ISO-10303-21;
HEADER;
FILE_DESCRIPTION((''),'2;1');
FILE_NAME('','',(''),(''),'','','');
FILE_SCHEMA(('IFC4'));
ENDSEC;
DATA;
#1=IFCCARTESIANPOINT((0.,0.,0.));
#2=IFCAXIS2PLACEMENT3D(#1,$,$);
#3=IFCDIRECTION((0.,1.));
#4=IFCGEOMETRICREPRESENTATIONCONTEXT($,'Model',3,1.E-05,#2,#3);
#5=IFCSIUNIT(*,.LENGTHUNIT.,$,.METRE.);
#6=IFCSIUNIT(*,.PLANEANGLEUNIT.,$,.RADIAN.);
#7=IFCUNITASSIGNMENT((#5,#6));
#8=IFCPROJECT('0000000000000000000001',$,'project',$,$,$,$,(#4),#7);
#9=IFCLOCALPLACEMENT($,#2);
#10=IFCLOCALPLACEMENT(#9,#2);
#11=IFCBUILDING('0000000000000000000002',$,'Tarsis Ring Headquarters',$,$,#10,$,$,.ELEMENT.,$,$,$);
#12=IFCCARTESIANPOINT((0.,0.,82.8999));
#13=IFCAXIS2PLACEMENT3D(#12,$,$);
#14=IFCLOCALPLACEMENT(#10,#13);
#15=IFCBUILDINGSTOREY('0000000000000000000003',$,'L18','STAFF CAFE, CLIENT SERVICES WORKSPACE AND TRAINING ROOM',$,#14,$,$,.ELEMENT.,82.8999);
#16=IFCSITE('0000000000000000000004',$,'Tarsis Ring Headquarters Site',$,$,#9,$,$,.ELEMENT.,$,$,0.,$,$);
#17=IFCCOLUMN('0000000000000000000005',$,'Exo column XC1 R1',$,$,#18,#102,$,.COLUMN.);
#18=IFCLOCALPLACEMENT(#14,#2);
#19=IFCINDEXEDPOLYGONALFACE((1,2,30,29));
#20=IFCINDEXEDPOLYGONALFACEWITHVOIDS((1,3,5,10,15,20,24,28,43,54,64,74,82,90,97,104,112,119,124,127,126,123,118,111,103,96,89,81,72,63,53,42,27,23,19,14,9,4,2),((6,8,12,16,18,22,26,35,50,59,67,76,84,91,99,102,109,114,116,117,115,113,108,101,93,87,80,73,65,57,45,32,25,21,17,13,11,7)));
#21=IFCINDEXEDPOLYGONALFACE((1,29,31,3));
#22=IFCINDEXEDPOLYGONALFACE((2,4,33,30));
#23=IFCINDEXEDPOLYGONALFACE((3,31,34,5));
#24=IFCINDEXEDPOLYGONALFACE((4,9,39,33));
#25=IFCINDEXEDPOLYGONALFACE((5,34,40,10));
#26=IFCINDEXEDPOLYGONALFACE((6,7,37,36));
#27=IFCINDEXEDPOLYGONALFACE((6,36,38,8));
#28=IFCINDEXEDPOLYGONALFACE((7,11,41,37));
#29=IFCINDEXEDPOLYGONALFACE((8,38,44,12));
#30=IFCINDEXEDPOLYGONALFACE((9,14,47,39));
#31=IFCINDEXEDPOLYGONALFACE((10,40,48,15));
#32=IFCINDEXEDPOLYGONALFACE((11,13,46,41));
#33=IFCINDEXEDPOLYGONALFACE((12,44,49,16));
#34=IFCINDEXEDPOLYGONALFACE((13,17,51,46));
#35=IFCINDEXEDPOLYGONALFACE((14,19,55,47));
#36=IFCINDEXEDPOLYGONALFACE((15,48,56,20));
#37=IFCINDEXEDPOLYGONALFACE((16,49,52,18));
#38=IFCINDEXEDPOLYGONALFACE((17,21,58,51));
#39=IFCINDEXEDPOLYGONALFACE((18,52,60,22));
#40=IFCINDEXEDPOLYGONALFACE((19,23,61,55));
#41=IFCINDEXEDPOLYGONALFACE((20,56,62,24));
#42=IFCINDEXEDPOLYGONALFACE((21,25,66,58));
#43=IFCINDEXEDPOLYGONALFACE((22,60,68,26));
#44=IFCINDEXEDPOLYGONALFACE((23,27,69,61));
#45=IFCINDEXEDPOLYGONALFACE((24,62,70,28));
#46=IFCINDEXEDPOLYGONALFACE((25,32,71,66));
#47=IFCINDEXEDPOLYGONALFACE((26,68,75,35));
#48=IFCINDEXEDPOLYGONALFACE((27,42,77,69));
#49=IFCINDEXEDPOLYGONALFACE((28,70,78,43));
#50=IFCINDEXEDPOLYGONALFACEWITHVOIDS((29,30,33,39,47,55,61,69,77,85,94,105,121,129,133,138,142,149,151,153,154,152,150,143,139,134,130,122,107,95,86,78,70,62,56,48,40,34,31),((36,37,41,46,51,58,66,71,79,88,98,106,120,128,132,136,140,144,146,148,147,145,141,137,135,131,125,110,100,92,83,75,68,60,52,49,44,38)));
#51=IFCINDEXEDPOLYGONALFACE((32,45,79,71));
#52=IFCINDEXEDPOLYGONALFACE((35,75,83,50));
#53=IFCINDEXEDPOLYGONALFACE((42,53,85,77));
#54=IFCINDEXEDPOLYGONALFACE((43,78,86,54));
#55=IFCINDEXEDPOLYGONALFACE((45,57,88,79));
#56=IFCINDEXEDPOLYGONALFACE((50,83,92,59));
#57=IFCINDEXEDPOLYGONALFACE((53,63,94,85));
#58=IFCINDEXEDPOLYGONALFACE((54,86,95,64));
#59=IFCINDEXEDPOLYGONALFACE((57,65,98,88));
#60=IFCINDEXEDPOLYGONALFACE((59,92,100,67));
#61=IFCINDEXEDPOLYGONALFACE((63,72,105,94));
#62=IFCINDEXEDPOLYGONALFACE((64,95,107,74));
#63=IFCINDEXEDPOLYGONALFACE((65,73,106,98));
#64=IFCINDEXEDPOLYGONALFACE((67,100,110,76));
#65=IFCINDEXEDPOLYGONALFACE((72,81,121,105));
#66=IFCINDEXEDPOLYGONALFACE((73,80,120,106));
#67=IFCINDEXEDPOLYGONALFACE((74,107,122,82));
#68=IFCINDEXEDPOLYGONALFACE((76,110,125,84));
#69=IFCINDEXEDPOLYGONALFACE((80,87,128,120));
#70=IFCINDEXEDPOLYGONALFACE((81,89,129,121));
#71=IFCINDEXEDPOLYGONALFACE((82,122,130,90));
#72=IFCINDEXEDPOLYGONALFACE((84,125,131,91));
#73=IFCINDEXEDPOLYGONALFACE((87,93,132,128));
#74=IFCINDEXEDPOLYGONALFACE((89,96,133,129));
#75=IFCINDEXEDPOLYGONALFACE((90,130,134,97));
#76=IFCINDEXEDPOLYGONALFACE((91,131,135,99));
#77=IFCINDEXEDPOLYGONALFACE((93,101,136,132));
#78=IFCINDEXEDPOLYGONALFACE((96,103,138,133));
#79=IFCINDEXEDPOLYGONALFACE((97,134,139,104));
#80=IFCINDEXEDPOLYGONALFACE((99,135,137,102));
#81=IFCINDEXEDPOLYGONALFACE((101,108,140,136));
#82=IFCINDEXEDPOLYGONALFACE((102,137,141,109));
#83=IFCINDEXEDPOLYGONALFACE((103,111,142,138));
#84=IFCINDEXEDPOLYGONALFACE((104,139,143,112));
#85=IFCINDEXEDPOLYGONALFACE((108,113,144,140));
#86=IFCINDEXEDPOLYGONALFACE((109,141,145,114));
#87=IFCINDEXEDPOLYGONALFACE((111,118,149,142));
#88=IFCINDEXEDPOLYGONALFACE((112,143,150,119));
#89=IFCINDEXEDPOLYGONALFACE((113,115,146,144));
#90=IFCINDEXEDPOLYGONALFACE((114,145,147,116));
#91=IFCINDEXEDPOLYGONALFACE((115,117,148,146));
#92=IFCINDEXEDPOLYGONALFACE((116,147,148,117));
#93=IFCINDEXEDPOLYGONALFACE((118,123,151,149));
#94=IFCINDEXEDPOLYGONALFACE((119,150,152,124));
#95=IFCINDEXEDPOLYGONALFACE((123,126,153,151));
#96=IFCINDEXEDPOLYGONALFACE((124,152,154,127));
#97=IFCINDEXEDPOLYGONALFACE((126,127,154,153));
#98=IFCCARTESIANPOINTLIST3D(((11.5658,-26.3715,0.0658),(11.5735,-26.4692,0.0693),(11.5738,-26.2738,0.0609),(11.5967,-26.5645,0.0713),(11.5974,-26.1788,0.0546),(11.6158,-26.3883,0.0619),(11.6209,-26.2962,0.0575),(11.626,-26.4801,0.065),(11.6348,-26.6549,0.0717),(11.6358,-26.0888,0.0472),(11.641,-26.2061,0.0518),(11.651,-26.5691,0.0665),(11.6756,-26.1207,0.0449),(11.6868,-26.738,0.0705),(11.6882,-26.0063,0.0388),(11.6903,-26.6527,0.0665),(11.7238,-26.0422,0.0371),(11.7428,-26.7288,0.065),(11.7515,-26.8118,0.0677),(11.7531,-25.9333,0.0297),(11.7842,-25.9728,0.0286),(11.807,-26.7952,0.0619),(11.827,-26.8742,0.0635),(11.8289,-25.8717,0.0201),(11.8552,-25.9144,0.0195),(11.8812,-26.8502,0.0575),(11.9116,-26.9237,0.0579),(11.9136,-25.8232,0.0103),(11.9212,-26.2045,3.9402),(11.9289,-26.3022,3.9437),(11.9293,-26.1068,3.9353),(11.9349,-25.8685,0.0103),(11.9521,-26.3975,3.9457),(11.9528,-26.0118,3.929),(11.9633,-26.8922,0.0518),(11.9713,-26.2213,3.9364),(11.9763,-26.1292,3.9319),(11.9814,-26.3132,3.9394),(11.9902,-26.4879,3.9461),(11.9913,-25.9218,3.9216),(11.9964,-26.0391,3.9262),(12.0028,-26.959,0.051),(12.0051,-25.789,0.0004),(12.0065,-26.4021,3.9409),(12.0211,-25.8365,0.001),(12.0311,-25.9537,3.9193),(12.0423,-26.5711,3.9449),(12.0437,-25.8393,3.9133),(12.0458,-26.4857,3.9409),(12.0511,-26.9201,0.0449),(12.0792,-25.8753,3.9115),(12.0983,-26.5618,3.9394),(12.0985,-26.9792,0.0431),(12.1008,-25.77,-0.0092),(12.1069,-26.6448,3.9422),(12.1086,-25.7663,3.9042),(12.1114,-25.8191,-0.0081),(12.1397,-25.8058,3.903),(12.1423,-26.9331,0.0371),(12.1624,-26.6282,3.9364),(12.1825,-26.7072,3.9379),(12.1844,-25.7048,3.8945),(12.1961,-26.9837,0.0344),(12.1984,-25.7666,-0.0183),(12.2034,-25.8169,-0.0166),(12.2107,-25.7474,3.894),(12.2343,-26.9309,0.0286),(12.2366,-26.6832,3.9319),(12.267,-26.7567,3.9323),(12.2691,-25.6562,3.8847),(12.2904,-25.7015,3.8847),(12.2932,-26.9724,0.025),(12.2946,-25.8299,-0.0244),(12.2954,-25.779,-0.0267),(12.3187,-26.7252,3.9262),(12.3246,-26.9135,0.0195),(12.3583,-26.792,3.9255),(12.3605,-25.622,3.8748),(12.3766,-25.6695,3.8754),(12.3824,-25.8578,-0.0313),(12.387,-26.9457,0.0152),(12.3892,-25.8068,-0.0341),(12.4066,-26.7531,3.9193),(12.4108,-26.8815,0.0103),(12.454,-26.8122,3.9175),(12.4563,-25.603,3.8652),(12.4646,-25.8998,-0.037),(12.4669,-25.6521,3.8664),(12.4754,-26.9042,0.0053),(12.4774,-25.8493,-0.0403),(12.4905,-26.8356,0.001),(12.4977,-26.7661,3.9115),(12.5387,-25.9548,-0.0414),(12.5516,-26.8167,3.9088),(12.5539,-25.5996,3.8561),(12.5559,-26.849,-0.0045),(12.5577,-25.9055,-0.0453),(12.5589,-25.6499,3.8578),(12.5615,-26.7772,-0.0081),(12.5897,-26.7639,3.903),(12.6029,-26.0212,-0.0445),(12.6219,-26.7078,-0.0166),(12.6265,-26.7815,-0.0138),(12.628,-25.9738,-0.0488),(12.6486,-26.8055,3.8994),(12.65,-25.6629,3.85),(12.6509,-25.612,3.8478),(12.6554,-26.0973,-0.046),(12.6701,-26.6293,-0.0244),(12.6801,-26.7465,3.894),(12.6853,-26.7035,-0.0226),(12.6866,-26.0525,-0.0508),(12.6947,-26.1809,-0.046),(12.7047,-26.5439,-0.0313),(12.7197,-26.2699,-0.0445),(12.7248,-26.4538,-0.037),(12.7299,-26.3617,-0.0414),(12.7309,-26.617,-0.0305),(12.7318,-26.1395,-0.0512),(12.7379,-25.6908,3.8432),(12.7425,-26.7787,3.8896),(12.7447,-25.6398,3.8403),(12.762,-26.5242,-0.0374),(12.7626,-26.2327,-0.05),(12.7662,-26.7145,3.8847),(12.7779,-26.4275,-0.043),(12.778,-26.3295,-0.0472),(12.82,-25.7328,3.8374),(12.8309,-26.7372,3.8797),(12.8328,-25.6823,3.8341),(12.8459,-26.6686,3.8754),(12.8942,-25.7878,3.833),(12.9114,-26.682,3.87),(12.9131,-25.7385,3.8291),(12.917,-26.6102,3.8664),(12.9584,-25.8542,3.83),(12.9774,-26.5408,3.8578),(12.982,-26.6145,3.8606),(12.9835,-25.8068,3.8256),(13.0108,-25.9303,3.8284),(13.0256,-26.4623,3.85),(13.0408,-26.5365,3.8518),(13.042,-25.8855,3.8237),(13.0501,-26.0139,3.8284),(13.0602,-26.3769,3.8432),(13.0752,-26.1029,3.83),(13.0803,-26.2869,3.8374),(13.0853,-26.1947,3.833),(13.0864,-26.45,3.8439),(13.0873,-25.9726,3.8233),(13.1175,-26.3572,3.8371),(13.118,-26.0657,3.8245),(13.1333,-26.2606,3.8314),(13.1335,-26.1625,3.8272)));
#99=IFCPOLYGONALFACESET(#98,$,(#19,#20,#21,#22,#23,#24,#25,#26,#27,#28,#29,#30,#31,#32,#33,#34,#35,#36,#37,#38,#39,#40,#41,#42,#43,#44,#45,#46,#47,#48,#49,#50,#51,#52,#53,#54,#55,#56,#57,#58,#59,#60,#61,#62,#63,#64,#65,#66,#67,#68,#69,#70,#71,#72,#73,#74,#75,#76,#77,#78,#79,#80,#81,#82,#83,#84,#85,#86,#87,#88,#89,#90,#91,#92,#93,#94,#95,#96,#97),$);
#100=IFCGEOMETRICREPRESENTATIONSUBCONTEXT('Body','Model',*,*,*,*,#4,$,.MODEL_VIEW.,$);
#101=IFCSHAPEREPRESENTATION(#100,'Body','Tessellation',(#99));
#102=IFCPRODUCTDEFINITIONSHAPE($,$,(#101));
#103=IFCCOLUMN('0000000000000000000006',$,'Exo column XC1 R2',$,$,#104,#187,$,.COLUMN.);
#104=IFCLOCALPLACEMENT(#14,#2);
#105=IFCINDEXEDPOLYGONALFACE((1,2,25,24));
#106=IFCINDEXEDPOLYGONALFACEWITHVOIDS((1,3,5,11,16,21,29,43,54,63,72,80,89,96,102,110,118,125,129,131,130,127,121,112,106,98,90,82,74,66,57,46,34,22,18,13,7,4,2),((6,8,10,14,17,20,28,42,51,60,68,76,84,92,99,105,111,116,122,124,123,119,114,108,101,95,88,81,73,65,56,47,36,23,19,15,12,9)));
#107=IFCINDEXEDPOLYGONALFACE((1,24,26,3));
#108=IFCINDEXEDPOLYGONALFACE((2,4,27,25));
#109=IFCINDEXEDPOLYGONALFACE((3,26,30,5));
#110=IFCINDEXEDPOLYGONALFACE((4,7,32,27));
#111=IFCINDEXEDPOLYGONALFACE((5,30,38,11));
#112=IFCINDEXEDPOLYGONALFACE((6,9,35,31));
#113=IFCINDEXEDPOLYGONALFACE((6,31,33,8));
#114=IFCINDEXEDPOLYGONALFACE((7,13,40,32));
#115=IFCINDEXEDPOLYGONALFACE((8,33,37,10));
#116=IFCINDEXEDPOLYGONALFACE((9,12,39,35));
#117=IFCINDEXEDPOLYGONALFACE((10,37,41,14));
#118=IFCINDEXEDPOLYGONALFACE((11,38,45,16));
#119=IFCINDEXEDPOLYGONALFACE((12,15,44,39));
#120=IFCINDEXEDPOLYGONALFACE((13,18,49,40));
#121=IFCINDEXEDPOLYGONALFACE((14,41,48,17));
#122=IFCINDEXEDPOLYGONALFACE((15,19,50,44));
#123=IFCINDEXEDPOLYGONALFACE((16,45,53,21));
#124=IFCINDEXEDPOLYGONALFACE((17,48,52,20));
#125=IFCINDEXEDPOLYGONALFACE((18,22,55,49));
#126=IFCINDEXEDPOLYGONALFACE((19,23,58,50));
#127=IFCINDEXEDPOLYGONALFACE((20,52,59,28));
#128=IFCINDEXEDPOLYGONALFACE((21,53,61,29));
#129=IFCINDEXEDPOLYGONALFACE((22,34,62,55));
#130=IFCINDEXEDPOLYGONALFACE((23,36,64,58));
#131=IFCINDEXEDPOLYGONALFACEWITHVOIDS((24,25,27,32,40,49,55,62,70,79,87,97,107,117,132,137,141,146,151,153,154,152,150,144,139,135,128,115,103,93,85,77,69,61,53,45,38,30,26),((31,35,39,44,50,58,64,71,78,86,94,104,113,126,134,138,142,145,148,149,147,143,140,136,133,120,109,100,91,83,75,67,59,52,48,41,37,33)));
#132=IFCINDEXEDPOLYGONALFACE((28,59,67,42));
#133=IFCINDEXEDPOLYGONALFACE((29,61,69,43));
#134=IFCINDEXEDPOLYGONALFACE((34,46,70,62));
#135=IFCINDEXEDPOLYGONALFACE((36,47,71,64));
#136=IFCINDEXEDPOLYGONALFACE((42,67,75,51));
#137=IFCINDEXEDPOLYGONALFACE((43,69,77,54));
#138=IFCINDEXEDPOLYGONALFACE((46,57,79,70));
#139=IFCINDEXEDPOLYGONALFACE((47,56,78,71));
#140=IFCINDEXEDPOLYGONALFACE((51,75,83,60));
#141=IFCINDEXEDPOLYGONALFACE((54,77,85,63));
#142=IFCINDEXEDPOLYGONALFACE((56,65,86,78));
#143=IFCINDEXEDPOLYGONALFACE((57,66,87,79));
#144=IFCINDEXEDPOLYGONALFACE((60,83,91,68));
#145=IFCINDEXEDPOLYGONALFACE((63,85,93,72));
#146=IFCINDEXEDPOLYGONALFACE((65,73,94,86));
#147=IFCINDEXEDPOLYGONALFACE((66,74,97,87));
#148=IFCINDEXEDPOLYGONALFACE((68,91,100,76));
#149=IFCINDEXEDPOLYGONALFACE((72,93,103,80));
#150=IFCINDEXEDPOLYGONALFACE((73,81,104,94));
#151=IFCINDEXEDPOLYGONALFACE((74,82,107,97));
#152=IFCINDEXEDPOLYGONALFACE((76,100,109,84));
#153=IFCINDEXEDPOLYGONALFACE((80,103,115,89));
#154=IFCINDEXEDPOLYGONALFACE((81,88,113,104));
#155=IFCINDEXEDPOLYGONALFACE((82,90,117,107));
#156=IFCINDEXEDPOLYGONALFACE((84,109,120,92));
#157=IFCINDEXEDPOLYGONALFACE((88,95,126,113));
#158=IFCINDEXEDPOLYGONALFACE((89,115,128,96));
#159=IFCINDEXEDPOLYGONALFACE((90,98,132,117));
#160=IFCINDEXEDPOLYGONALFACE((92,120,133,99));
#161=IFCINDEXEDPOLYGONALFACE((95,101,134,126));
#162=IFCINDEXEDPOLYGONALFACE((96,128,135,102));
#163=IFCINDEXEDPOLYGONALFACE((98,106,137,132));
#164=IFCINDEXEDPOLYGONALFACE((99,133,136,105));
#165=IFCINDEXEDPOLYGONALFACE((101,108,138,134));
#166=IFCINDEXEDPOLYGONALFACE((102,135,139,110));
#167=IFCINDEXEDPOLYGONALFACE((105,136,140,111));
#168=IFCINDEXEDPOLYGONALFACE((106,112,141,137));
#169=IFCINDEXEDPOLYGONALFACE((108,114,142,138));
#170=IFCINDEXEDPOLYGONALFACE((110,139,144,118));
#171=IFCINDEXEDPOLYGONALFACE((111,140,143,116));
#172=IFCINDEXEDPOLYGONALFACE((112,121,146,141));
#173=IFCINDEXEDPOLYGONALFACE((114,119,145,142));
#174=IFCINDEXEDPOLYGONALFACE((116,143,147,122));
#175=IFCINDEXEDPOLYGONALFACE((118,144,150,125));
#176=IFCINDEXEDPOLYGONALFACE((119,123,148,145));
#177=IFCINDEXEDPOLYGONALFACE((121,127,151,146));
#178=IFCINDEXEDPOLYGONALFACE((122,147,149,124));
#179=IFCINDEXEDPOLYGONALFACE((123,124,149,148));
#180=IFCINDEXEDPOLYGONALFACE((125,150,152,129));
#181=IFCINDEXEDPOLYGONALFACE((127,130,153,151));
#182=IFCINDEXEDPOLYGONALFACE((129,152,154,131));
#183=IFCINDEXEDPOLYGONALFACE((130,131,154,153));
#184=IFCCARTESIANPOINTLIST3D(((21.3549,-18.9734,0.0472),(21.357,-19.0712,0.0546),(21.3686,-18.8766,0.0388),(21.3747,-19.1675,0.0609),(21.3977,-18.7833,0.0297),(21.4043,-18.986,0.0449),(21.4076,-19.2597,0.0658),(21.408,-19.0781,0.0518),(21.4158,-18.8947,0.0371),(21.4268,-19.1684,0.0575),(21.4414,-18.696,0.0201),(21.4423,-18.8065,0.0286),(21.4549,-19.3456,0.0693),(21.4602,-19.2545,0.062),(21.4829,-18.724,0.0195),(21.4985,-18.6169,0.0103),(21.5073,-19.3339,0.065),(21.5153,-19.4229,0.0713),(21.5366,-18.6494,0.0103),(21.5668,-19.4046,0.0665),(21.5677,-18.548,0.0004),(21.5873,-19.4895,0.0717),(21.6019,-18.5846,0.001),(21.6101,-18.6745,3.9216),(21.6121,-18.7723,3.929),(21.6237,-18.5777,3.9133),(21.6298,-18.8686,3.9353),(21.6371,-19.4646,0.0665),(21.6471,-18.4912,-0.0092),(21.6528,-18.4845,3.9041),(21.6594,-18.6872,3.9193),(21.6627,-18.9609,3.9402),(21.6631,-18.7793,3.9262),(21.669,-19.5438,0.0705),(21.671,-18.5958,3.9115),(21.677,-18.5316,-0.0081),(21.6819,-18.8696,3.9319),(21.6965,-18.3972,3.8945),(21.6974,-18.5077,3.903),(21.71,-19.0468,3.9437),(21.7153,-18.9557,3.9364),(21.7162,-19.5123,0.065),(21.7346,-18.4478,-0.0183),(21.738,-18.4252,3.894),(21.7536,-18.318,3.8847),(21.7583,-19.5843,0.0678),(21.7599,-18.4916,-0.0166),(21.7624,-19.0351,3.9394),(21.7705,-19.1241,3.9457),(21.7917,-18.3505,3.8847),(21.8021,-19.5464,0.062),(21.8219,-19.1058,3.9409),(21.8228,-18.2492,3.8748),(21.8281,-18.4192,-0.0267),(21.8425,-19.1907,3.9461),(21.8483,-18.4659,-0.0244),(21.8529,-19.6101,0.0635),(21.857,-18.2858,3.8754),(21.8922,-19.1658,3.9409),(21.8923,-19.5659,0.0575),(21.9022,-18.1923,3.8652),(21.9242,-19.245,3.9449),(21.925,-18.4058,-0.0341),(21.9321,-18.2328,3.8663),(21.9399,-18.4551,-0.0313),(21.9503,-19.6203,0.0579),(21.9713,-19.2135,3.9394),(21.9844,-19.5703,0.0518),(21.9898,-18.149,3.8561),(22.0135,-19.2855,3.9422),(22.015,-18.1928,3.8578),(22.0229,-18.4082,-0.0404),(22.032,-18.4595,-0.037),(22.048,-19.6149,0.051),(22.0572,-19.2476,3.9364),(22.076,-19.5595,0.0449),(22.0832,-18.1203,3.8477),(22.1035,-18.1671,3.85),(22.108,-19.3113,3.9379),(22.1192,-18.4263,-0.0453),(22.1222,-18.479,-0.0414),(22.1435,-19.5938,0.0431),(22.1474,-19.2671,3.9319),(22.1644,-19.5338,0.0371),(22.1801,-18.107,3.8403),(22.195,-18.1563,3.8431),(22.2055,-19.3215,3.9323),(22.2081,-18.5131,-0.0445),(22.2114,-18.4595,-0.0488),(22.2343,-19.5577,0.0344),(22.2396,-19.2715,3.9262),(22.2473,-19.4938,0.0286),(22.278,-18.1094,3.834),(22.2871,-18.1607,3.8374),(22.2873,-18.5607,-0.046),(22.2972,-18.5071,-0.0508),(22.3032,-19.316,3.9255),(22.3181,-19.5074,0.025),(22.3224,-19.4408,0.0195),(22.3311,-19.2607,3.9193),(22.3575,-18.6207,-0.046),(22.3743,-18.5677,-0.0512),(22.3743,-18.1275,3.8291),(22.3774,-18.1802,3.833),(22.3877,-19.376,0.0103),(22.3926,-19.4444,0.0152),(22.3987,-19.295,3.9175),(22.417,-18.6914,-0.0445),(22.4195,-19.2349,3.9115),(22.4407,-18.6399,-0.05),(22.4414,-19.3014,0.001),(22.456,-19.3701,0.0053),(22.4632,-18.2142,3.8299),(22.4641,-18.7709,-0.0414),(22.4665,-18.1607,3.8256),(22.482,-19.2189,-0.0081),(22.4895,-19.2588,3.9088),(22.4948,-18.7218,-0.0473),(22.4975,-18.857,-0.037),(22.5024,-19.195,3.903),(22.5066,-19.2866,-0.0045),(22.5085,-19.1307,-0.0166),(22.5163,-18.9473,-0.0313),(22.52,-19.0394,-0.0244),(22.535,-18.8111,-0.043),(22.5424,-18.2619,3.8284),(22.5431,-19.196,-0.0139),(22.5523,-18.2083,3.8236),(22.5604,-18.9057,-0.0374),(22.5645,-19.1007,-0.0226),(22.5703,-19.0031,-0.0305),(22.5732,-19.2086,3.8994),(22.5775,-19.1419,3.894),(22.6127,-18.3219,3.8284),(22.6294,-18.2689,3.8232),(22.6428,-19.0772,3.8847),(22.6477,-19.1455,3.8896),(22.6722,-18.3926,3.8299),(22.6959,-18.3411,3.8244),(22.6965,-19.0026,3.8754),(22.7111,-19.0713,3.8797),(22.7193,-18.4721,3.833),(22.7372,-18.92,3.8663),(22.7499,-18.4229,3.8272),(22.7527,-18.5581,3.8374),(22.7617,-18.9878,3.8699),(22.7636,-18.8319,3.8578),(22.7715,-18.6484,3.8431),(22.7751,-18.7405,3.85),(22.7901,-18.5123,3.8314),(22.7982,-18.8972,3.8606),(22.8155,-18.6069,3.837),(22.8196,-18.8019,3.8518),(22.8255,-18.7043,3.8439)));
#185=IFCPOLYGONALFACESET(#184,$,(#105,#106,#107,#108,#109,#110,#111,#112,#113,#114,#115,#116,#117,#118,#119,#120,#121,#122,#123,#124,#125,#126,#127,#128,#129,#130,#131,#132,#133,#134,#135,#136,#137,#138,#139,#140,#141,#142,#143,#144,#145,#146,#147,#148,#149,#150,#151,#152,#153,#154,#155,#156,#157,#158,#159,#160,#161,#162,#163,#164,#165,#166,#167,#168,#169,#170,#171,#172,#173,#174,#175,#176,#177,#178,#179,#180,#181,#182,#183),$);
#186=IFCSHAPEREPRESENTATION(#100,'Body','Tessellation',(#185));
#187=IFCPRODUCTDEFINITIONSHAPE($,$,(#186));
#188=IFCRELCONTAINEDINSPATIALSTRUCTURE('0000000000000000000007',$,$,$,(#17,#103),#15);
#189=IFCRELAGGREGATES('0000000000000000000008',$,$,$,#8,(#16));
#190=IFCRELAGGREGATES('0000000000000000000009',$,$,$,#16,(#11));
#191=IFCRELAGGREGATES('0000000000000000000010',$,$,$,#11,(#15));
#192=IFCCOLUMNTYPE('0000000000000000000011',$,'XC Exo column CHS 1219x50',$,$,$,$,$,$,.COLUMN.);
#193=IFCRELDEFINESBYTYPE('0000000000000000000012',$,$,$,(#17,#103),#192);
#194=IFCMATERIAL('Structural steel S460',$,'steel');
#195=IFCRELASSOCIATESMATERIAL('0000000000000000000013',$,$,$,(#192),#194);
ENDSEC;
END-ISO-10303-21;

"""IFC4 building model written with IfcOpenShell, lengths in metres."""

from ifc_helpers import new_model, si_unit, direction, frame, origin, origin_2d, place, context, subcontext, project, spatial, hollow_circle, extrude, material, material_profile, profile_set, type_object, element, save


model = new_model("IFC4")

# Units and contexts
model_context = context("Model", 3, precision=1e-05, world=origin(), true_north=direction((0.0, 1.0)))
body_context = subcontext(model_context, "Body", "Model", "MODEL_VIEW")
ifc_project = project(units=[si_unit("LENGTHUNIT", "METRE"), si_unit("PLANEANGLEUNIT", "RADIAN")], contexts=[model_context])

# Site, building, storey
site_placement = place(None, origin())
site = spatial("IfcSite", under=ifc_project, at=site_placement, Name="Tarsis Ring Headquarters Site", CompositionType="ELEMENT", RefElevation=0.0)
building_placement = place(site_placement, origin())
building = spatial("IfcBuilding", under=site, at=building_placement, Name="Tarsis Ring Headquarters", CompositionType="ELEMENT")
storey_placement = place(building_placement, frame((0.0, 0.0, 82.8999)))
storey = spatial("IfcBuildingStorey", under=building, at=storey_placement, Name="L18", Description="STAFF CAFE, CLIENT SERVICES WORKSPACE AND TRAINING ROOM", CompositionType="ELEMENT", Elevation=82.8999)

# Columns
ifc_material_1 = material(Name="Structural steel S460", Category="steel")
ifc_material_profile_1 = material_profile(ifc_material_1, hollow_circle(Radius=0.6096, WallThickness=0.05, at=origin_2d()), Name="CHS 1219x50")
ifc_profile_set_1 = profile_set([ifc_material_profile_1], Name="Structural steel S460")
column_type = type_object("IfcColumnType", Name="XC Exo column CHS 1219x50", PredefinedType="COLUMN", material=ifc_profile_set_1)
for number, where, z_axis, x_axis, name in (
    (1, (12.1729, -26.375, 0.0103), (0.091278, 0.04288, 0.994902), (-0.425198, 0.9051, 0.0), "Exo column XC1 R1"),
    (2, (21.9622, -19.0127, 0.0103), (0.065511, 0.076733, 0.994897), (-0.760527, 0.649306, 0.0), "Exo column XC1 R2"),
):
    element("IfcColumn", number, at=place(storey_placement, frame(where, z_axis=z_axis, x_axis=x_axis)), inside=storey, type_object=column_type, Name=name, PredefinedType="COLUMN", context=body_context, shape_type="SweptSolid", body=[
        extrude(hollow_circle(Radius=0.6096, WallThickness=0.05, at=origin_2d()), origin(), (0.0, 0.0, 1.0), 3.8943),
    ])

save(model, "model.ifc")
